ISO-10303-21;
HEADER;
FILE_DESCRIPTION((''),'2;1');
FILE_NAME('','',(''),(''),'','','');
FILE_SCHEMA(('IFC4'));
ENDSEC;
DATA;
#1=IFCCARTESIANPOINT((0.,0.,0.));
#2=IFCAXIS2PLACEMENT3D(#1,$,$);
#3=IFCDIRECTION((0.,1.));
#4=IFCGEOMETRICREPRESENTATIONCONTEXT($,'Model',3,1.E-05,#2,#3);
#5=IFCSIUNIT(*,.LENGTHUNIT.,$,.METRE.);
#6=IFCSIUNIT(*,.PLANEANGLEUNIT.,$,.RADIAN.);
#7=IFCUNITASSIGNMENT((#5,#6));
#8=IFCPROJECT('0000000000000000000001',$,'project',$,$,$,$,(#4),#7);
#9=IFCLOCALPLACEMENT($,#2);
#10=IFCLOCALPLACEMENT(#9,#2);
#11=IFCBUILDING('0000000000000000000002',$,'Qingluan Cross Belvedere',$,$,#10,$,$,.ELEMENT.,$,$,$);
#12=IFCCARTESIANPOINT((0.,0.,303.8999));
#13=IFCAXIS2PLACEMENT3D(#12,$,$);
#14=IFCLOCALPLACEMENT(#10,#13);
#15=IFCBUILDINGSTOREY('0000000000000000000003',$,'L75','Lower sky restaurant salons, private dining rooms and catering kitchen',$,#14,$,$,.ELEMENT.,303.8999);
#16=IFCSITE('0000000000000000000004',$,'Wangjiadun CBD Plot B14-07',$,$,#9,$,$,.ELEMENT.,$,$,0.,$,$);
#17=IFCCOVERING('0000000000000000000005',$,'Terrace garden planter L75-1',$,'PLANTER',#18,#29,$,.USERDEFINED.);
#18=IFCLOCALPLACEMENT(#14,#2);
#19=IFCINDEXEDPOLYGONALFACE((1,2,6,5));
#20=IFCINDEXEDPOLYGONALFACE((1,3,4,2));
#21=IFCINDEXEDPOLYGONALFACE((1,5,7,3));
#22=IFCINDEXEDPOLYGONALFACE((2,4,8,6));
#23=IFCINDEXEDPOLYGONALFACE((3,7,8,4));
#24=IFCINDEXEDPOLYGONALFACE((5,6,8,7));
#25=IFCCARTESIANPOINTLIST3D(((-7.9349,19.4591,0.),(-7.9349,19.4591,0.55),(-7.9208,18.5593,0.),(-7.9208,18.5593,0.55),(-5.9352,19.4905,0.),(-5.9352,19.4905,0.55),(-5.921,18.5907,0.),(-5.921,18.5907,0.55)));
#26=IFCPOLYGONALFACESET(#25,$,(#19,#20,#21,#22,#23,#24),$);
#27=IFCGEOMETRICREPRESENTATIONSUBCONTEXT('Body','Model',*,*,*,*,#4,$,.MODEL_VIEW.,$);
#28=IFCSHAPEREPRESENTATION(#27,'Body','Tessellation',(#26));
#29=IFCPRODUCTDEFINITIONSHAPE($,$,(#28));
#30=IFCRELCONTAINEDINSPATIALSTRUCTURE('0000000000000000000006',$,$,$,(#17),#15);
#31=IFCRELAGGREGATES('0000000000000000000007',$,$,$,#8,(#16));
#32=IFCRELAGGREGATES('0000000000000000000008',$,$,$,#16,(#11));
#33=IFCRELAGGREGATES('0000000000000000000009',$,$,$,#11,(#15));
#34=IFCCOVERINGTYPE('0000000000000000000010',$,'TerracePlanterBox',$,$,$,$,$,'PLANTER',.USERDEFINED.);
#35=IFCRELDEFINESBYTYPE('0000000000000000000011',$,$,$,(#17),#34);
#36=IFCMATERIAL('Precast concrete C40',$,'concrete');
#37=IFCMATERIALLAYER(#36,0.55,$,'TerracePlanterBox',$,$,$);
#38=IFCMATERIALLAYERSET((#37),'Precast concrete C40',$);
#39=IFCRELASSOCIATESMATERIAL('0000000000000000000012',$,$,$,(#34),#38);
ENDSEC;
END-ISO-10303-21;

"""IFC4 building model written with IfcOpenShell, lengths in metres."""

from ifc_helpers import new_model, si_unit, direction, frame, origin, origin_2d, place, context, subcontext, project, spatial, rectangle, extrude, material, layer, layer_set, type_object, element, save


model = new_model("IFC4")

# Units and contexts
model_context = context("Model", 3, precision=1e-05, world=origin(), true_north=direction((0.0, 1.0)))
body_context = subcontext(model_context, "Body", "Model", "MODEL_VIEW")
ifc_project = project(units=[si_unit("LENGTHUNIT", "METRE"), si_unit("PLANEANGLEUNIT", "RADIAN")], contexts=[model_context])

# Site, building, storey
site_placement = place(None, origin())
site = spatial("IfcSite", under=ifc_project, at=site_placement, Name="Wangjiadun CBD Plot B14-07", CompositionType="ELEMENT", RefElevation=0.0)
building_placement = place(site_placement, origin())
building = spatial("IfcBuilding", under=site, at=building_placement, Name="Qingluan Cross Belvedere", CompositionType="ELEMENT")
storey_placement = place(building_placement, frame((0.0, 0.0, 303.8999)))
storey = spatial("IfcBuildingStorey", under=building, at=storey_placement, Name="L75", Description="Lower sky restaurant salons, private dining rooms and catering kitchen", CompositionType="ELEMENT", Elevation=303.8999)

# Covering
ifc_material_1 = material(Name="Precast concrete C40", Category="concrete")
ifc_layer_1 = layer(ifc_material_1, 0.55, Name="TerracePlanterBox")
ifc_layer_set_1 = layer_set([ifc_layer_1], Name="Precast concrete C40")
covering_type_1 = type_object("IfcCoveringType", Name="TerracePlanterBox", ElementType="PLANTER", PredefinedType="USERDEFINED", material=ifc_layer_set_1)
covering_placement = place(storey_placement, frame((-6.928, 19.0249, 0.0), z_axis=(0.0, 0.0, 1.0), x_axis=(0.999877, 0.015707, 0.0)))
element("IfcCovering", 1, at=covering_placement, inside=storey, type_object=covering_type_1, Name="Terrace garden planter L75-1", ObjectType="PLANTER", PredefinedType="USERDEFINED", context=body_context, shape_type="SweptSolid", body=[
    extrude(rectangle(XDim=2.0, YDim=0.8999, at=origin_2d()), origin(), (0.0, 0.0, 1.0), 0.55),
])

save(model, "model.ifc")
